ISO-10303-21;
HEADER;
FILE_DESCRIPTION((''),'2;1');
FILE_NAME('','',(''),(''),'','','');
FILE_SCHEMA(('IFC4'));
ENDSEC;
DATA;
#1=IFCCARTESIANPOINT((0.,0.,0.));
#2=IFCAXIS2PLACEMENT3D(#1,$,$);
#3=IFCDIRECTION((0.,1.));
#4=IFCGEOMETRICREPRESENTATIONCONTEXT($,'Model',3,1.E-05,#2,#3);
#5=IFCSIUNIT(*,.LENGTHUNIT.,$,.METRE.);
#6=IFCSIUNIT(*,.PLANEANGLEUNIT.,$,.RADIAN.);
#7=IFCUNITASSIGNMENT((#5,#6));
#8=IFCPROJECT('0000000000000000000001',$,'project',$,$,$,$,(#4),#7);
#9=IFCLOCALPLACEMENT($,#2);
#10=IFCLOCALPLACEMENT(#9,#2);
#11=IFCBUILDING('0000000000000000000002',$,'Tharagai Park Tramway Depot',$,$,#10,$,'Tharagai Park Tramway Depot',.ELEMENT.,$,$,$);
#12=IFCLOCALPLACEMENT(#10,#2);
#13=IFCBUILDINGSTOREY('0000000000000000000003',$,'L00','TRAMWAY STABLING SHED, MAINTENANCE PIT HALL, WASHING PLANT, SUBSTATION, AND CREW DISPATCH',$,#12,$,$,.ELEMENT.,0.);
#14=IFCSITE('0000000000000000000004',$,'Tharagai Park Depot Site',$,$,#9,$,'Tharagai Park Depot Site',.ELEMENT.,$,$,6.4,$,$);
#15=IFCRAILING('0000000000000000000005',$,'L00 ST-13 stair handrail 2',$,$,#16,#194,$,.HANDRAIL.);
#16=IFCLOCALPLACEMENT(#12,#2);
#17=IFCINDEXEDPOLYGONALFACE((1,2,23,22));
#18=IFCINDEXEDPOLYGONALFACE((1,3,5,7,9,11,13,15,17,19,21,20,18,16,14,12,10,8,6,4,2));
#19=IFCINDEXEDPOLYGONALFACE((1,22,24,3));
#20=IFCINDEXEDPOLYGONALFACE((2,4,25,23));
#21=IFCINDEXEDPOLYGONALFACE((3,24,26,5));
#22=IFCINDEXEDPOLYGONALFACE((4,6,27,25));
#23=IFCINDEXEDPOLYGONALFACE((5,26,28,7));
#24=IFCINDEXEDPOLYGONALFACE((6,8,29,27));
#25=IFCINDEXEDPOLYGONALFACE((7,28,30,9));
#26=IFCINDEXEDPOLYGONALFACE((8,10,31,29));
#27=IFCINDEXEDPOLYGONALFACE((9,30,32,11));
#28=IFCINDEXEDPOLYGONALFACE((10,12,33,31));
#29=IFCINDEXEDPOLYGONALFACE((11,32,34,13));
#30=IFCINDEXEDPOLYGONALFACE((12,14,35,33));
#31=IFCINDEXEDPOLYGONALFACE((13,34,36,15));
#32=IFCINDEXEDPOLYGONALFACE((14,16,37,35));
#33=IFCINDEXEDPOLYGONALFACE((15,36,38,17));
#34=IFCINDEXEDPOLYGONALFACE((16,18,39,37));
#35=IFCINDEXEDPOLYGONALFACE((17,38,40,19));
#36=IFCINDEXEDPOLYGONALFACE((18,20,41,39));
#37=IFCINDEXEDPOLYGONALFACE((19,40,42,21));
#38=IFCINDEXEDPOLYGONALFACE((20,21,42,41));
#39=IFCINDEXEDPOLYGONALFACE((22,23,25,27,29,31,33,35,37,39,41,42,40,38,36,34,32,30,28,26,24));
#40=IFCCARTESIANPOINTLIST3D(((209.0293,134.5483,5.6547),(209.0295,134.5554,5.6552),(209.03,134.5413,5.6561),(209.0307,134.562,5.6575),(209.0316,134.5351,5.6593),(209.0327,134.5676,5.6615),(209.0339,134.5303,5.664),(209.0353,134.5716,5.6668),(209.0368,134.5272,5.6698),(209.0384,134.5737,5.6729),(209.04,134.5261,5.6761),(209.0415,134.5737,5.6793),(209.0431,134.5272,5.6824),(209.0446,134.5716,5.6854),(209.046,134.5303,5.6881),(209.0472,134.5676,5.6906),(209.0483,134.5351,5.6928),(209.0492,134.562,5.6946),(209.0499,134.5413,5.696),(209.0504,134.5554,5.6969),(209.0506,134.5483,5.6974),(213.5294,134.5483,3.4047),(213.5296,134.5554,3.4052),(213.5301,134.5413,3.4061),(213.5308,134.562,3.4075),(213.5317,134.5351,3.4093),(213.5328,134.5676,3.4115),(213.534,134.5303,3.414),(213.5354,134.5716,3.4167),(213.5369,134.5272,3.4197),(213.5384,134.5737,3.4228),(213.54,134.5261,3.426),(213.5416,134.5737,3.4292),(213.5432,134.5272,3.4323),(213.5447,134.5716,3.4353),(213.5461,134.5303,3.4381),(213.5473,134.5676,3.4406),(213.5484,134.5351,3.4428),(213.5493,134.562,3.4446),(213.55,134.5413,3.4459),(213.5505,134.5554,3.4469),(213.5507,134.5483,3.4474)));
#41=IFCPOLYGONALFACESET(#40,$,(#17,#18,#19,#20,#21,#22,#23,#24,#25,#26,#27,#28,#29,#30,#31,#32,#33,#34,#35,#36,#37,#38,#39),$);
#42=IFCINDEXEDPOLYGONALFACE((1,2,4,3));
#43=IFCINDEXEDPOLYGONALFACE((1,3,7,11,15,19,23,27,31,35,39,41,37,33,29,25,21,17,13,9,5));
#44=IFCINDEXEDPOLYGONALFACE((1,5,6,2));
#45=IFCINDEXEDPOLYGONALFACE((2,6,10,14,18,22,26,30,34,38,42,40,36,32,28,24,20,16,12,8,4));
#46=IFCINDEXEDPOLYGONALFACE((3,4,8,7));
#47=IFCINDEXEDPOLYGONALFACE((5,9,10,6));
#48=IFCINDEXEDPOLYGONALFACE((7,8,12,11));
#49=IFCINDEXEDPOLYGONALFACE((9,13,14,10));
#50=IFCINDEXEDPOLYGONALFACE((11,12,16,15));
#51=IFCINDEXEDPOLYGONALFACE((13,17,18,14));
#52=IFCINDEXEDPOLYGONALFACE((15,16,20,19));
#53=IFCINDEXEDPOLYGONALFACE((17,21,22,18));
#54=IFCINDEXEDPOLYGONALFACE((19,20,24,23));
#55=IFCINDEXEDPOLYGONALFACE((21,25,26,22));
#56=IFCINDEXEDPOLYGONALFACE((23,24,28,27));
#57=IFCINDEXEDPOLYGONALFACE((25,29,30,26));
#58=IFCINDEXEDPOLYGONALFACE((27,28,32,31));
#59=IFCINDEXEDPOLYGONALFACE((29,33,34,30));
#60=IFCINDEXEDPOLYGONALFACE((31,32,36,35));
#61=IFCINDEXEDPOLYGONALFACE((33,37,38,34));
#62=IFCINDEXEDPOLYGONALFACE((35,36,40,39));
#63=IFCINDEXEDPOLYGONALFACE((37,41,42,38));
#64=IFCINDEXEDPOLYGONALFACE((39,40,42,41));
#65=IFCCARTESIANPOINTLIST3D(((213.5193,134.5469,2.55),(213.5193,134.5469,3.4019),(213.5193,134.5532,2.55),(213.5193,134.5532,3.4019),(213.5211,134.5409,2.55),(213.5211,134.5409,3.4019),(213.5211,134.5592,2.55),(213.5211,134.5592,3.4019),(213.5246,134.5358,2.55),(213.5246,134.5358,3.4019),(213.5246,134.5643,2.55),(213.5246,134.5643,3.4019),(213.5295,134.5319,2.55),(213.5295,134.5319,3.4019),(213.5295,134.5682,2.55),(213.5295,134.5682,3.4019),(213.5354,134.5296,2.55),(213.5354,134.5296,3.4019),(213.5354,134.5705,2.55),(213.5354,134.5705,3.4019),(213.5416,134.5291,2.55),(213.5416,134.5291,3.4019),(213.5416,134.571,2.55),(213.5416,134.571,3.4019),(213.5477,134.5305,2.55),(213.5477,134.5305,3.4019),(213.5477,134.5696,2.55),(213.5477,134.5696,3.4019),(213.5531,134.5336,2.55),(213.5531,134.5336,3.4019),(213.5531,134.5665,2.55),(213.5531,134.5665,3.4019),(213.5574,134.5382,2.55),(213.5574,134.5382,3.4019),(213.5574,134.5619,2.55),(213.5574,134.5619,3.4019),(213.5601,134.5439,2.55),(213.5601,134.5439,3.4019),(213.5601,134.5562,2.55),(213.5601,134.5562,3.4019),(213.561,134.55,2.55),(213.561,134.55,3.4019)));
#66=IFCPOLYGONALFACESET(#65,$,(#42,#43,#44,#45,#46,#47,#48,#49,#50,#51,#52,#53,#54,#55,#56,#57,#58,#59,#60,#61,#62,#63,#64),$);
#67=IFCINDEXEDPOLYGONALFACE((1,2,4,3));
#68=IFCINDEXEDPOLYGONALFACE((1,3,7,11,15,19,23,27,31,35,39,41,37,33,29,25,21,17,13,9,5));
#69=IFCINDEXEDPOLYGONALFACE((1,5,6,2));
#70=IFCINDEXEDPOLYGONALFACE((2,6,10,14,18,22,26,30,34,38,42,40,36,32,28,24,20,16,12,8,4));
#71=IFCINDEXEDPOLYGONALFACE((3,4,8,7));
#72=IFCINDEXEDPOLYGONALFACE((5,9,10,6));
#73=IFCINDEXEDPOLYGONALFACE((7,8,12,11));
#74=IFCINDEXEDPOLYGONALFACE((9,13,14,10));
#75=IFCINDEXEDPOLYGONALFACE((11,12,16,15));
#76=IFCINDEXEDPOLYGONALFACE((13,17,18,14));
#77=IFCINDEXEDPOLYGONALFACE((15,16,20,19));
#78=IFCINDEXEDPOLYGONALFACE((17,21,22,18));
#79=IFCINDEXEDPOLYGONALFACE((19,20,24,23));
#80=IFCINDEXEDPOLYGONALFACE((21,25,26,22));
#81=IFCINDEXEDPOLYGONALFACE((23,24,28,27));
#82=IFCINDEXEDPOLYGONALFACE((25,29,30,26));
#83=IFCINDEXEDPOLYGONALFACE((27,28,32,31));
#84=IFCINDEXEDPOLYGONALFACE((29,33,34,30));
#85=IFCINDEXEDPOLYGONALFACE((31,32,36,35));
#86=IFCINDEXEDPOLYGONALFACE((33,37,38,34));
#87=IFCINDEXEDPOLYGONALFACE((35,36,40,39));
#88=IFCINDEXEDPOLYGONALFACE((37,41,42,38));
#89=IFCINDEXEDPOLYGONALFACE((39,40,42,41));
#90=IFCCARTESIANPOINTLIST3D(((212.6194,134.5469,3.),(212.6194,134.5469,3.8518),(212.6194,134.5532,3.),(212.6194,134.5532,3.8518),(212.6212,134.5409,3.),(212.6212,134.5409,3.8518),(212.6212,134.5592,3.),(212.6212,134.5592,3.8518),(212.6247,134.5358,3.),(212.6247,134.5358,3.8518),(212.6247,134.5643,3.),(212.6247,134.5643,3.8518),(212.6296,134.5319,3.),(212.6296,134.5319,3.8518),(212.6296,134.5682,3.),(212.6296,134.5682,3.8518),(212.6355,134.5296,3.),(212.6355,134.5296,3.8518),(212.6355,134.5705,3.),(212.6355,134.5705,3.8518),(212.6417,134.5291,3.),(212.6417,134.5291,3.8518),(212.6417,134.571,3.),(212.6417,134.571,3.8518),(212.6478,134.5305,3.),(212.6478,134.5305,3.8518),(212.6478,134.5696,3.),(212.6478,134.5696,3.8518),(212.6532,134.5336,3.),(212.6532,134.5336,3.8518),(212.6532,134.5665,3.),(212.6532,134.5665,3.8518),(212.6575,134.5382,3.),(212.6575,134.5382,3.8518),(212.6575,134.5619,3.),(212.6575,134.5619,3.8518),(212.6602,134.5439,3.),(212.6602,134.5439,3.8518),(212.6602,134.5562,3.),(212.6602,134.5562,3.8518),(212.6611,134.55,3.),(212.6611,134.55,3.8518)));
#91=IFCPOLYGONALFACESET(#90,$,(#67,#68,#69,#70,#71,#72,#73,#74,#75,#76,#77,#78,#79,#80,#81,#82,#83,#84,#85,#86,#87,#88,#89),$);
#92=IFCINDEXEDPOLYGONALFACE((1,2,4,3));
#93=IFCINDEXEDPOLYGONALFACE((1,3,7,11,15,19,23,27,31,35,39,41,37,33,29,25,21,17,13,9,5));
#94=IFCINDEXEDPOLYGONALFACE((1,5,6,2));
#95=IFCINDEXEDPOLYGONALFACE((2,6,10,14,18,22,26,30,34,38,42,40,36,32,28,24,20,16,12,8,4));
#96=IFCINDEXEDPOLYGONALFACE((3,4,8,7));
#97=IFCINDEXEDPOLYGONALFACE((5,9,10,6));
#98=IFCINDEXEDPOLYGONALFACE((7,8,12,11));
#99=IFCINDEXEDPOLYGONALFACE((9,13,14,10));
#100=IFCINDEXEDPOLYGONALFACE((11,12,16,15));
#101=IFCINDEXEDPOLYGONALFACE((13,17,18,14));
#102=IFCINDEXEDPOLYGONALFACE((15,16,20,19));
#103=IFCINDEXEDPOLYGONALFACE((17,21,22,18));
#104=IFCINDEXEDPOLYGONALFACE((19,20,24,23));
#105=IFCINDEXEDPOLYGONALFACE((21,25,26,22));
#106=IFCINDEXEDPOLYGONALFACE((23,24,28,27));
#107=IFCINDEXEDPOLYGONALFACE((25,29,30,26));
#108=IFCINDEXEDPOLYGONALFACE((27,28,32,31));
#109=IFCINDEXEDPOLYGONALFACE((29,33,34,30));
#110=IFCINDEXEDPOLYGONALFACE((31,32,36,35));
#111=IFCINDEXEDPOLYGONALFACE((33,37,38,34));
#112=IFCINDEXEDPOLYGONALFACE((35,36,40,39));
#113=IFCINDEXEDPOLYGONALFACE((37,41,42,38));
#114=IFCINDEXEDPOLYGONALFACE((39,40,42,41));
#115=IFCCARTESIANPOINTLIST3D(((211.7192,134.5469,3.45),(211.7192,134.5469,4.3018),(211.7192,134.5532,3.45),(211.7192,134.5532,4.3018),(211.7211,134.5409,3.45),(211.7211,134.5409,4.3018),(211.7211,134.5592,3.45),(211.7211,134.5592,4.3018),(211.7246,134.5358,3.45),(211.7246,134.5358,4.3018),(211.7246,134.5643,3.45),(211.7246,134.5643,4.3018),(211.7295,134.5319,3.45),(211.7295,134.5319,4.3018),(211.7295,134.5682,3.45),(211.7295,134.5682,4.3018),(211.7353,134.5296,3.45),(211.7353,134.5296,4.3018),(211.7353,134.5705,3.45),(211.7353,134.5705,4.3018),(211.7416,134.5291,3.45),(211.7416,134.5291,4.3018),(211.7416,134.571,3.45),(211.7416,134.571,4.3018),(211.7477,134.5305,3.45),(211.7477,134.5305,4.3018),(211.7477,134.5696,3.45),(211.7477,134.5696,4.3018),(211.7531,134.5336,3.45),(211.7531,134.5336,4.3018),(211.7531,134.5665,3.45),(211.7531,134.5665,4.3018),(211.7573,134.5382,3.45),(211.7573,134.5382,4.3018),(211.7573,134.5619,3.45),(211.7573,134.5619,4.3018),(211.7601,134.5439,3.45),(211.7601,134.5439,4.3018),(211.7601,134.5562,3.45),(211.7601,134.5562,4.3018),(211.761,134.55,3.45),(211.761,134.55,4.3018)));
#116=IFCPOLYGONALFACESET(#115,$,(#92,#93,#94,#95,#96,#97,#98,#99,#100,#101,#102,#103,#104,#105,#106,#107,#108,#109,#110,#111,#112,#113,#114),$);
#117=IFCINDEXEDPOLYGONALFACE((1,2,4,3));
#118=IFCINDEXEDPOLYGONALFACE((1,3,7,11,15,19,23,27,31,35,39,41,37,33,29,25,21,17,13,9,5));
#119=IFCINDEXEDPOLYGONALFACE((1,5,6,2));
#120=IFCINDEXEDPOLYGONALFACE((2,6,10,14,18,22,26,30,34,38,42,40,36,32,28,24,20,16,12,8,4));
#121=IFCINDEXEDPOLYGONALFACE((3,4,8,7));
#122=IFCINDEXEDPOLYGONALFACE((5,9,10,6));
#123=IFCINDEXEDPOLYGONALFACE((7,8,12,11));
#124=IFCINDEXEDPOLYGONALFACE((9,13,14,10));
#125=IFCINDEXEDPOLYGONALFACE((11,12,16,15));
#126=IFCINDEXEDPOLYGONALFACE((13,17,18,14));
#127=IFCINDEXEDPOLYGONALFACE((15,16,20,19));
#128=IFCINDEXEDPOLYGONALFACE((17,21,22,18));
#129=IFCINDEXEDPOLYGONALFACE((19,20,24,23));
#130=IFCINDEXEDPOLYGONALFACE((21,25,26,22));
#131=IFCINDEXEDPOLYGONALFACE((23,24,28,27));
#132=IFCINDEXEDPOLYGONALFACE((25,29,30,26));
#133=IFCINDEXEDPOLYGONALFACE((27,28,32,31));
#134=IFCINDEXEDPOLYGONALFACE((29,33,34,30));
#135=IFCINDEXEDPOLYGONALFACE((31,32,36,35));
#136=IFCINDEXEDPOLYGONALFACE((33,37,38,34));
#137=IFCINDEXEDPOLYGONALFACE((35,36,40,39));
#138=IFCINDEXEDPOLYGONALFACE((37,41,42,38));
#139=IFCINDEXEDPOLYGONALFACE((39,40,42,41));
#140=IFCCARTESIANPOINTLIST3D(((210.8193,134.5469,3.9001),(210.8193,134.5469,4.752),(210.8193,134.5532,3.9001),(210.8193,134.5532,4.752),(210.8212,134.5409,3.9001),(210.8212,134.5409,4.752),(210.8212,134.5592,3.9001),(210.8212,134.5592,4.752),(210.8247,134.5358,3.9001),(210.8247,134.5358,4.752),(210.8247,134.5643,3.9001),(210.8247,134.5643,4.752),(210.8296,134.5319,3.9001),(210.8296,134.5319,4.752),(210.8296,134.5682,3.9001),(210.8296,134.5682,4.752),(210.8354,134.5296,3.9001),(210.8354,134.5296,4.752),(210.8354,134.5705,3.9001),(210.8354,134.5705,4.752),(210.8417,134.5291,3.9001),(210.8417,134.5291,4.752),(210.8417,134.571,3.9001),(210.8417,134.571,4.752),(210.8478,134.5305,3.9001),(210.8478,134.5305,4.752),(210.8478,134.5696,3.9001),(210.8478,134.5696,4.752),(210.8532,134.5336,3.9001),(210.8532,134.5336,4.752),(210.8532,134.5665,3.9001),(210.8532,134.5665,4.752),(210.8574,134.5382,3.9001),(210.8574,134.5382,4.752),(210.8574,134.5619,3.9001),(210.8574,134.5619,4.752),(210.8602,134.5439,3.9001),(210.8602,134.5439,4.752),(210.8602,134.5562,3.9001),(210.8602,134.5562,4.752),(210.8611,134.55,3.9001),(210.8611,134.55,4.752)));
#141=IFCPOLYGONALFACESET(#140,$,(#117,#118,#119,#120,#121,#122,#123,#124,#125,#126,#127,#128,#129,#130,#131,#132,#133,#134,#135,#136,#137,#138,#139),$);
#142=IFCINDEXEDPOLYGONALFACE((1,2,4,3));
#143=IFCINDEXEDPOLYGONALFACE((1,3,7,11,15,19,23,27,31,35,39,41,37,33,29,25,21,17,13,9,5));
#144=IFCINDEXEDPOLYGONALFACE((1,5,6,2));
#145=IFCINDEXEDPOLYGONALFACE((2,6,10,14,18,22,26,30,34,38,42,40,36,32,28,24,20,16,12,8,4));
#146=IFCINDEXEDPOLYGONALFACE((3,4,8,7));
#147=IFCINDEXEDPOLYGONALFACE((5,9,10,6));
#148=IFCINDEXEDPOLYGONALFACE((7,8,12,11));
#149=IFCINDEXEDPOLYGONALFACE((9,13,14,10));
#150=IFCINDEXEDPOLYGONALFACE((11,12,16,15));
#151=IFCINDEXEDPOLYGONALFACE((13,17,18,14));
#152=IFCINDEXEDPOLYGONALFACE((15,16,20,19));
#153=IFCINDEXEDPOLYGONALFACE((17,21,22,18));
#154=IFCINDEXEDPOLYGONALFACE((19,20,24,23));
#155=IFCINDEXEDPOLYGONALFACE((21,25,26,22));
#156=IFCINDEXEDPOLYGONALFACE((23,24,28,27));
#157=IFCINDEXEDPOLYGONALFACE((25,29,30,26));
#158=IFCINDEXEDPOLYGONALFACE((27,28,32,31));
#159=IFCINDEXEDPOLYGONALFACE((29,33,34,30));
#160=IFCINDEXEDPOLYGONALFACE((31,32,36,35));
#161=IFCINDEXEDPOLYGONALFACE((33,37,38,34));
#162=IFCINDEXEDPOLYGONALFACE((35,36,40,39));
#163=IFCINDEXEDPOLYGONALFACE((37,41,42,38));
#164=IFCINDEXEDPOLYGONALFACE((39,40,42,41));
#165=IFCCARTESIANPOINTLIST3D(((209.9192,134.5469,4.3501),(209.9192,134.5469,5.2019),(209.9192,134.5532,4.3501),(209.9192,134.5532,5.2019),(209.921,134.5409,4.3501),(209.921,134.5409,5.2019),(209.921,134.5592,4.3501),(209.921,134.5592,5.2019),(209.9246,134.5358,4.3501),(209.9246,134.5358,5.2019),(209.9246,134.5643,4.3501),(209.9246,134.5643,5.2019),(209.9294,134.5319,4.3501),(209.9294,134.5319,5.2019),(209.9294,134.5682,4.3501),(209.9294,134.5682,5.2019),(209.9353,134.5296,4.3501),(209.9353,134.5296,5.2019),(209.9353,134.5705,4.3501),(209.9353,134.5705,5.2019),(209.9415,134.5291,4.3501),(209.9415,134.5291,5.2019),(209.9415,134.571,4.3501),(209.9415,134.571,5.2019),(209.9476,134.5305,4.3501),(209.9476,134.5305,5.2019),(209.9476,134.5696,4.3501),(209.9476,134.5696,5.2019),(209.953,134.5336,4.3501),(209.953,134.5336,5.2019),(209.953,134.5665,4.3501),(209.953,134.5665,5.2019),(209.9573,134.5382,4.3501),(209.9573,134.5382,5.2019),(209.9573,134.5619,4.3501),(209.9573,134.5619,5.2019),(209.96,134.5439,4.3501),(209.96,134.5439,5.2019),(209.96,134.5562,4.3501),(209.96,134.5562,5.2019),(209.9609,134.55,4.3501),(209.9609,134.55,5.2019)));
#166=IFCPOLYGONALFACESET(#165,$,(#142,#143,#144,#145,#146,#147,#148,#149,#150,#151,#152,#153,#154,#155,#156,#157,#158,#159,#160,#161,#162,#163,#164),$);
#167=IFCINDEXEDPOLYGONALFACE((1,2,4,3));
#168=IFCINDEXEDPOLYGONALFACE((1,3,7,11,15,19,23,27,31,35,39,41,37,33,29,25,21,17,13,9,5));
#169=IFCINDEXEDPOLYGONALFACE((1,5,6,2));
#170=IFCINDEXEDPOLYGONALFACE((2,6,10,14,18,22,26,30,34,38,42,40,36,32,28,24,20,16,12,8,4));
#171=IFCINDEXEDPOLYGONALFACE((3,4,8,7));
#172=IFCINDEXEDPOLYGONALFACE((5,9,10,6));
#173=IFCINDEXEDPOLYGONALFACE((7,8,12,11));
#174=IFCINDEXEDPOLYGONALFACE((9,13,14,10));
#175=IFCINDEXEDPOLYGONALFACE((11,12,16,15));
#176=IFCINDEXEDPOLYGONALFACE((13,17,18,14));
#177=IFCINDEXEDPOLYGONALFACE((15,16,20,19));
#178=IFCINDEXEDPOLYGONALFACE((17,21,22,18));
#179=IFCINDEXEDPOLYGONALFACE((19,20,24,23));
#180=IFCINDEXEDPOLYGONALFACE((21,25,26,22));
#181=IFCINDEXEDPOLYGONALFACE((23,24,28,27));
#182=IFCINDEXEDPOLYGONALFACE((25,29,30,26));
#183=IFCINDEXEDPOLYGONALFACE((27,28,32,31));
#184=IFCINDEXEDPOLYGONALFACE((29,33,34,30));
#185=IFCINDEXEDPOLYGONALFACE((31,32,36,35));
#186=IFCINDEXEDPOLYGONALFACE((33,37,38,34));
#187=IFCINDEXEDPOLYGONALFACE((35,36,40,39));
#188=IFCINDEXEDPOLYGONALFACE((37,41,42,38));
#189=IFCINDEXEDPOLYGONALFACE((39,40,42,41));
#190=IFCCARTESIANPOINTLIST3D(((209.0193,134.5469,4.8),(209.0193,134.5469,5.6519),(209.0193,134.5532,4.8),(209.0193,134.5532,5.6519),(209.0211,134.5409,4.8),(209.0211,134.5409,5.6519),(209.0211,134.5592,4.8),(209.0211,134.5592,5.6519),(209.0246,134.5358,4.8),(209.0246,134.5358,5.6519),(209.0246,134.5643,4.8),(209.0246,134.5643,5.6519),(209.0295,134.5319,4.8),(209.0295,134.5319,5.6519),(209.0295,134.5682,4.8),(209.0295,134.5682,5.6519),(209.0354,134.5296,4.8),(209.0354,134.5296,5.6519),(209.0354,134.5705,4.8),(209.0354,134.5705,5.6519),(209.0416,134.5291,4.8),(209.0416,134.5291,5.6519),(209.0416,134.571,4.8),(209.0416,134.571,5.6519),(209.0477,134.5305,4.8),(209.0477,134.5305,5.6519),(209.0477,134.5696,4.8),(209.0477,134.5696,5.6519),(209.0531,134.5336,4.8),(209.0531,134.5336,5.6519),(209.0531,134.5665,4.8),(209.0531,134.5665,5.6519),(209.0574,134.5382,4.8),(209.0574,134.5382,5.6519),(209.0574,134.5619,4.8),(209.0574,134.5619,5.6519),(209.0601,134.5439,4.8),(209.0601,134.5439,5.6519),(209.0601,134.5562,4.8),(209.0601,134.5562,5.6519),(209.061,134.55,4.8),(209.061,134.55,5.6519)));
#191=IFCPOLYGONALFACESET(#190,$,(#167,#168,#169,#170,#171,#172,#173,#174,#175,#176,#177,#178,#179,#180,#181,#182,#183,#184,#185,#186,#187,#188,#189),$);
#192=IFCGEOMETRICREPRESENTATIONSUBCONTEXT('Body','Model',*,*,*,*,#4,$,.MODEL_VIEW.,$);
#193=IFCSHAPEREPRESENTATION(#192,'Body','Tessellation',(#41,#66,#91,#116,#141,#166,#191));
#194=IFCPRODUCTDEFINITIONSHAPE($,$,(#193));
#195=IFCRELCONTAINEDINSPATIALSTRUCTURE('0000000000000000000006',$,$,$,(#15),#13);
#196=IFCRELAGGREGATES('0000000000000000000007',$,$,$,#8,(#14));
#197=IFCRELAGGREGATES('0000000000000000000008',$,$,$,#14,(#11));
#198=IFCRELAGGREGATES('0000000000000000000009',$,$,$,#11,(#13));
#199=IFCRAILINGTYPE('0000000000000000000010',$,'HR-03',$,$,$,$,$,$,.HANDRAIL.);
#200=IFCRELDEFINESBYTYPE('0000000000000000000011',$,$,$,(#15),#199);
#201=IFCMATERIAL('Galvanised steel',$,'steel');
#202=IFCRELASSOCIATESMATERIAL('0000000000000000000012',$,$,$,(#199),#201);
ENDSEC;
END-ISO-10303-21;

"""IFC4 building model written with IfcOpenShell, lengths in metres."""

from ifc_helpers import new_model, si_unit, direction, frame, origin, origin_2d, place, context, subcontext, project, spatial, circle, extrude, material, type_object, element, save


model = new_model("IFC4")

# Units and contexts
model_context = context("Model", 3, precision=1e-05, world=origin(), true_north=direction((0.0, 1.0)))
body_context = subcontext(model_context, "Body", "Model", "MODEL_VIEW")
ifc_project = project(units=[si_unit("LENGTHUNIT", "METRE"), si_unit("PLANEANGLEUNIT", "RADIAN")], contexts=[model_context])

# Site, building, storey
site_placement = place(None, origin())
site = spatial("IfcSite", under=ifc_project, at=site_placement, Name="Tharagai Park Depot Site", LongName="Tharagai Park Depot Site", CompositionType="ELEMENT", RefElevation=6.4)
building_placement = place(site_placement, origin())
building = spatial("IfcBuilding", under=site, at=building_placement, Name="Tharagai Park Tramway Depot", LongName="Tharagai Park Tramway Depot", CompositionType="ELEMENT")
storey_placement = place(building_placement, origin())
storey = spatial("IfcBuildingStorey", under=building, at=storey_placement, Name="L00", Description="TRAMWAY STABLING SHED, MAINTENANCE PIT HALL, WASHING PLANT, SUBSTATION, AND CREW DISPATCH", CompositionType="ELEMENT", Elevation=0.0)

# Shared definitions
ifc_material_1 = material(Name="Galvanised steel", Category="steel")

# Railing
railing_type_1 = type_object("IfcRailingType", Name="HR-03", PredefinedType="HANDRAIL", material=ifc_material_1)
railing_1_placement = place(storey_placement, frame((213.54, 134.55, 2.55)))
element("IfcRailing", 1, at=railing_1_placement, inside=storey, type_object=railing_type_1, Name="L00 ST-13 stair handrail 2", PredefinedType="HANDRAIL", context=body_context, shape_type="SweptSolid", body=[
    extrude(circle(Radius=0.0239, at=origin_2d()), frame((0.0, 0.0, 0.876), z_axis=(-0.894427, 0.0, 0.447214), x_axis=(0.0, -1.0, 0.0)), (0.0, 0.0, 1.0), 5.0312),
    extrude(circle(Radius=0.021, at=origin_2d()), origin(), (0.0, 0.0, 1.0), 0.8518),
    extrude(circle(Radius=0.021, at=origin_2d()), frame((-0.8999, 0.0, 0.45)), (0.0, 0.0, 1.0), 0.8518),
    extrude(circle(Radius=0.021, at=origin_2d()), frame((-1.8, 0.0, 0.8999)), (0.0, 0.0, 1.0), 0.8518),
    extrude(circle(Radius=0.021, at=origin_2d()), frame((-2.7, 0.0, 1.3501)), (0.0, 0.0, 1.0), 0.8518),
    extrude(circle(Radius=0.021, at=origin_2d()), frame((-3.6001, 0.0, 1.8)), (0.0, 0.0, 1.0), 0.8518),
    extrude(circle(Radius=0.021, at=origin_2d()), frame((-4.5, 0.0, 2.25)), (0.0, 0.0, 1.0), 0.8518),
])

save(model, "model.ifc")
